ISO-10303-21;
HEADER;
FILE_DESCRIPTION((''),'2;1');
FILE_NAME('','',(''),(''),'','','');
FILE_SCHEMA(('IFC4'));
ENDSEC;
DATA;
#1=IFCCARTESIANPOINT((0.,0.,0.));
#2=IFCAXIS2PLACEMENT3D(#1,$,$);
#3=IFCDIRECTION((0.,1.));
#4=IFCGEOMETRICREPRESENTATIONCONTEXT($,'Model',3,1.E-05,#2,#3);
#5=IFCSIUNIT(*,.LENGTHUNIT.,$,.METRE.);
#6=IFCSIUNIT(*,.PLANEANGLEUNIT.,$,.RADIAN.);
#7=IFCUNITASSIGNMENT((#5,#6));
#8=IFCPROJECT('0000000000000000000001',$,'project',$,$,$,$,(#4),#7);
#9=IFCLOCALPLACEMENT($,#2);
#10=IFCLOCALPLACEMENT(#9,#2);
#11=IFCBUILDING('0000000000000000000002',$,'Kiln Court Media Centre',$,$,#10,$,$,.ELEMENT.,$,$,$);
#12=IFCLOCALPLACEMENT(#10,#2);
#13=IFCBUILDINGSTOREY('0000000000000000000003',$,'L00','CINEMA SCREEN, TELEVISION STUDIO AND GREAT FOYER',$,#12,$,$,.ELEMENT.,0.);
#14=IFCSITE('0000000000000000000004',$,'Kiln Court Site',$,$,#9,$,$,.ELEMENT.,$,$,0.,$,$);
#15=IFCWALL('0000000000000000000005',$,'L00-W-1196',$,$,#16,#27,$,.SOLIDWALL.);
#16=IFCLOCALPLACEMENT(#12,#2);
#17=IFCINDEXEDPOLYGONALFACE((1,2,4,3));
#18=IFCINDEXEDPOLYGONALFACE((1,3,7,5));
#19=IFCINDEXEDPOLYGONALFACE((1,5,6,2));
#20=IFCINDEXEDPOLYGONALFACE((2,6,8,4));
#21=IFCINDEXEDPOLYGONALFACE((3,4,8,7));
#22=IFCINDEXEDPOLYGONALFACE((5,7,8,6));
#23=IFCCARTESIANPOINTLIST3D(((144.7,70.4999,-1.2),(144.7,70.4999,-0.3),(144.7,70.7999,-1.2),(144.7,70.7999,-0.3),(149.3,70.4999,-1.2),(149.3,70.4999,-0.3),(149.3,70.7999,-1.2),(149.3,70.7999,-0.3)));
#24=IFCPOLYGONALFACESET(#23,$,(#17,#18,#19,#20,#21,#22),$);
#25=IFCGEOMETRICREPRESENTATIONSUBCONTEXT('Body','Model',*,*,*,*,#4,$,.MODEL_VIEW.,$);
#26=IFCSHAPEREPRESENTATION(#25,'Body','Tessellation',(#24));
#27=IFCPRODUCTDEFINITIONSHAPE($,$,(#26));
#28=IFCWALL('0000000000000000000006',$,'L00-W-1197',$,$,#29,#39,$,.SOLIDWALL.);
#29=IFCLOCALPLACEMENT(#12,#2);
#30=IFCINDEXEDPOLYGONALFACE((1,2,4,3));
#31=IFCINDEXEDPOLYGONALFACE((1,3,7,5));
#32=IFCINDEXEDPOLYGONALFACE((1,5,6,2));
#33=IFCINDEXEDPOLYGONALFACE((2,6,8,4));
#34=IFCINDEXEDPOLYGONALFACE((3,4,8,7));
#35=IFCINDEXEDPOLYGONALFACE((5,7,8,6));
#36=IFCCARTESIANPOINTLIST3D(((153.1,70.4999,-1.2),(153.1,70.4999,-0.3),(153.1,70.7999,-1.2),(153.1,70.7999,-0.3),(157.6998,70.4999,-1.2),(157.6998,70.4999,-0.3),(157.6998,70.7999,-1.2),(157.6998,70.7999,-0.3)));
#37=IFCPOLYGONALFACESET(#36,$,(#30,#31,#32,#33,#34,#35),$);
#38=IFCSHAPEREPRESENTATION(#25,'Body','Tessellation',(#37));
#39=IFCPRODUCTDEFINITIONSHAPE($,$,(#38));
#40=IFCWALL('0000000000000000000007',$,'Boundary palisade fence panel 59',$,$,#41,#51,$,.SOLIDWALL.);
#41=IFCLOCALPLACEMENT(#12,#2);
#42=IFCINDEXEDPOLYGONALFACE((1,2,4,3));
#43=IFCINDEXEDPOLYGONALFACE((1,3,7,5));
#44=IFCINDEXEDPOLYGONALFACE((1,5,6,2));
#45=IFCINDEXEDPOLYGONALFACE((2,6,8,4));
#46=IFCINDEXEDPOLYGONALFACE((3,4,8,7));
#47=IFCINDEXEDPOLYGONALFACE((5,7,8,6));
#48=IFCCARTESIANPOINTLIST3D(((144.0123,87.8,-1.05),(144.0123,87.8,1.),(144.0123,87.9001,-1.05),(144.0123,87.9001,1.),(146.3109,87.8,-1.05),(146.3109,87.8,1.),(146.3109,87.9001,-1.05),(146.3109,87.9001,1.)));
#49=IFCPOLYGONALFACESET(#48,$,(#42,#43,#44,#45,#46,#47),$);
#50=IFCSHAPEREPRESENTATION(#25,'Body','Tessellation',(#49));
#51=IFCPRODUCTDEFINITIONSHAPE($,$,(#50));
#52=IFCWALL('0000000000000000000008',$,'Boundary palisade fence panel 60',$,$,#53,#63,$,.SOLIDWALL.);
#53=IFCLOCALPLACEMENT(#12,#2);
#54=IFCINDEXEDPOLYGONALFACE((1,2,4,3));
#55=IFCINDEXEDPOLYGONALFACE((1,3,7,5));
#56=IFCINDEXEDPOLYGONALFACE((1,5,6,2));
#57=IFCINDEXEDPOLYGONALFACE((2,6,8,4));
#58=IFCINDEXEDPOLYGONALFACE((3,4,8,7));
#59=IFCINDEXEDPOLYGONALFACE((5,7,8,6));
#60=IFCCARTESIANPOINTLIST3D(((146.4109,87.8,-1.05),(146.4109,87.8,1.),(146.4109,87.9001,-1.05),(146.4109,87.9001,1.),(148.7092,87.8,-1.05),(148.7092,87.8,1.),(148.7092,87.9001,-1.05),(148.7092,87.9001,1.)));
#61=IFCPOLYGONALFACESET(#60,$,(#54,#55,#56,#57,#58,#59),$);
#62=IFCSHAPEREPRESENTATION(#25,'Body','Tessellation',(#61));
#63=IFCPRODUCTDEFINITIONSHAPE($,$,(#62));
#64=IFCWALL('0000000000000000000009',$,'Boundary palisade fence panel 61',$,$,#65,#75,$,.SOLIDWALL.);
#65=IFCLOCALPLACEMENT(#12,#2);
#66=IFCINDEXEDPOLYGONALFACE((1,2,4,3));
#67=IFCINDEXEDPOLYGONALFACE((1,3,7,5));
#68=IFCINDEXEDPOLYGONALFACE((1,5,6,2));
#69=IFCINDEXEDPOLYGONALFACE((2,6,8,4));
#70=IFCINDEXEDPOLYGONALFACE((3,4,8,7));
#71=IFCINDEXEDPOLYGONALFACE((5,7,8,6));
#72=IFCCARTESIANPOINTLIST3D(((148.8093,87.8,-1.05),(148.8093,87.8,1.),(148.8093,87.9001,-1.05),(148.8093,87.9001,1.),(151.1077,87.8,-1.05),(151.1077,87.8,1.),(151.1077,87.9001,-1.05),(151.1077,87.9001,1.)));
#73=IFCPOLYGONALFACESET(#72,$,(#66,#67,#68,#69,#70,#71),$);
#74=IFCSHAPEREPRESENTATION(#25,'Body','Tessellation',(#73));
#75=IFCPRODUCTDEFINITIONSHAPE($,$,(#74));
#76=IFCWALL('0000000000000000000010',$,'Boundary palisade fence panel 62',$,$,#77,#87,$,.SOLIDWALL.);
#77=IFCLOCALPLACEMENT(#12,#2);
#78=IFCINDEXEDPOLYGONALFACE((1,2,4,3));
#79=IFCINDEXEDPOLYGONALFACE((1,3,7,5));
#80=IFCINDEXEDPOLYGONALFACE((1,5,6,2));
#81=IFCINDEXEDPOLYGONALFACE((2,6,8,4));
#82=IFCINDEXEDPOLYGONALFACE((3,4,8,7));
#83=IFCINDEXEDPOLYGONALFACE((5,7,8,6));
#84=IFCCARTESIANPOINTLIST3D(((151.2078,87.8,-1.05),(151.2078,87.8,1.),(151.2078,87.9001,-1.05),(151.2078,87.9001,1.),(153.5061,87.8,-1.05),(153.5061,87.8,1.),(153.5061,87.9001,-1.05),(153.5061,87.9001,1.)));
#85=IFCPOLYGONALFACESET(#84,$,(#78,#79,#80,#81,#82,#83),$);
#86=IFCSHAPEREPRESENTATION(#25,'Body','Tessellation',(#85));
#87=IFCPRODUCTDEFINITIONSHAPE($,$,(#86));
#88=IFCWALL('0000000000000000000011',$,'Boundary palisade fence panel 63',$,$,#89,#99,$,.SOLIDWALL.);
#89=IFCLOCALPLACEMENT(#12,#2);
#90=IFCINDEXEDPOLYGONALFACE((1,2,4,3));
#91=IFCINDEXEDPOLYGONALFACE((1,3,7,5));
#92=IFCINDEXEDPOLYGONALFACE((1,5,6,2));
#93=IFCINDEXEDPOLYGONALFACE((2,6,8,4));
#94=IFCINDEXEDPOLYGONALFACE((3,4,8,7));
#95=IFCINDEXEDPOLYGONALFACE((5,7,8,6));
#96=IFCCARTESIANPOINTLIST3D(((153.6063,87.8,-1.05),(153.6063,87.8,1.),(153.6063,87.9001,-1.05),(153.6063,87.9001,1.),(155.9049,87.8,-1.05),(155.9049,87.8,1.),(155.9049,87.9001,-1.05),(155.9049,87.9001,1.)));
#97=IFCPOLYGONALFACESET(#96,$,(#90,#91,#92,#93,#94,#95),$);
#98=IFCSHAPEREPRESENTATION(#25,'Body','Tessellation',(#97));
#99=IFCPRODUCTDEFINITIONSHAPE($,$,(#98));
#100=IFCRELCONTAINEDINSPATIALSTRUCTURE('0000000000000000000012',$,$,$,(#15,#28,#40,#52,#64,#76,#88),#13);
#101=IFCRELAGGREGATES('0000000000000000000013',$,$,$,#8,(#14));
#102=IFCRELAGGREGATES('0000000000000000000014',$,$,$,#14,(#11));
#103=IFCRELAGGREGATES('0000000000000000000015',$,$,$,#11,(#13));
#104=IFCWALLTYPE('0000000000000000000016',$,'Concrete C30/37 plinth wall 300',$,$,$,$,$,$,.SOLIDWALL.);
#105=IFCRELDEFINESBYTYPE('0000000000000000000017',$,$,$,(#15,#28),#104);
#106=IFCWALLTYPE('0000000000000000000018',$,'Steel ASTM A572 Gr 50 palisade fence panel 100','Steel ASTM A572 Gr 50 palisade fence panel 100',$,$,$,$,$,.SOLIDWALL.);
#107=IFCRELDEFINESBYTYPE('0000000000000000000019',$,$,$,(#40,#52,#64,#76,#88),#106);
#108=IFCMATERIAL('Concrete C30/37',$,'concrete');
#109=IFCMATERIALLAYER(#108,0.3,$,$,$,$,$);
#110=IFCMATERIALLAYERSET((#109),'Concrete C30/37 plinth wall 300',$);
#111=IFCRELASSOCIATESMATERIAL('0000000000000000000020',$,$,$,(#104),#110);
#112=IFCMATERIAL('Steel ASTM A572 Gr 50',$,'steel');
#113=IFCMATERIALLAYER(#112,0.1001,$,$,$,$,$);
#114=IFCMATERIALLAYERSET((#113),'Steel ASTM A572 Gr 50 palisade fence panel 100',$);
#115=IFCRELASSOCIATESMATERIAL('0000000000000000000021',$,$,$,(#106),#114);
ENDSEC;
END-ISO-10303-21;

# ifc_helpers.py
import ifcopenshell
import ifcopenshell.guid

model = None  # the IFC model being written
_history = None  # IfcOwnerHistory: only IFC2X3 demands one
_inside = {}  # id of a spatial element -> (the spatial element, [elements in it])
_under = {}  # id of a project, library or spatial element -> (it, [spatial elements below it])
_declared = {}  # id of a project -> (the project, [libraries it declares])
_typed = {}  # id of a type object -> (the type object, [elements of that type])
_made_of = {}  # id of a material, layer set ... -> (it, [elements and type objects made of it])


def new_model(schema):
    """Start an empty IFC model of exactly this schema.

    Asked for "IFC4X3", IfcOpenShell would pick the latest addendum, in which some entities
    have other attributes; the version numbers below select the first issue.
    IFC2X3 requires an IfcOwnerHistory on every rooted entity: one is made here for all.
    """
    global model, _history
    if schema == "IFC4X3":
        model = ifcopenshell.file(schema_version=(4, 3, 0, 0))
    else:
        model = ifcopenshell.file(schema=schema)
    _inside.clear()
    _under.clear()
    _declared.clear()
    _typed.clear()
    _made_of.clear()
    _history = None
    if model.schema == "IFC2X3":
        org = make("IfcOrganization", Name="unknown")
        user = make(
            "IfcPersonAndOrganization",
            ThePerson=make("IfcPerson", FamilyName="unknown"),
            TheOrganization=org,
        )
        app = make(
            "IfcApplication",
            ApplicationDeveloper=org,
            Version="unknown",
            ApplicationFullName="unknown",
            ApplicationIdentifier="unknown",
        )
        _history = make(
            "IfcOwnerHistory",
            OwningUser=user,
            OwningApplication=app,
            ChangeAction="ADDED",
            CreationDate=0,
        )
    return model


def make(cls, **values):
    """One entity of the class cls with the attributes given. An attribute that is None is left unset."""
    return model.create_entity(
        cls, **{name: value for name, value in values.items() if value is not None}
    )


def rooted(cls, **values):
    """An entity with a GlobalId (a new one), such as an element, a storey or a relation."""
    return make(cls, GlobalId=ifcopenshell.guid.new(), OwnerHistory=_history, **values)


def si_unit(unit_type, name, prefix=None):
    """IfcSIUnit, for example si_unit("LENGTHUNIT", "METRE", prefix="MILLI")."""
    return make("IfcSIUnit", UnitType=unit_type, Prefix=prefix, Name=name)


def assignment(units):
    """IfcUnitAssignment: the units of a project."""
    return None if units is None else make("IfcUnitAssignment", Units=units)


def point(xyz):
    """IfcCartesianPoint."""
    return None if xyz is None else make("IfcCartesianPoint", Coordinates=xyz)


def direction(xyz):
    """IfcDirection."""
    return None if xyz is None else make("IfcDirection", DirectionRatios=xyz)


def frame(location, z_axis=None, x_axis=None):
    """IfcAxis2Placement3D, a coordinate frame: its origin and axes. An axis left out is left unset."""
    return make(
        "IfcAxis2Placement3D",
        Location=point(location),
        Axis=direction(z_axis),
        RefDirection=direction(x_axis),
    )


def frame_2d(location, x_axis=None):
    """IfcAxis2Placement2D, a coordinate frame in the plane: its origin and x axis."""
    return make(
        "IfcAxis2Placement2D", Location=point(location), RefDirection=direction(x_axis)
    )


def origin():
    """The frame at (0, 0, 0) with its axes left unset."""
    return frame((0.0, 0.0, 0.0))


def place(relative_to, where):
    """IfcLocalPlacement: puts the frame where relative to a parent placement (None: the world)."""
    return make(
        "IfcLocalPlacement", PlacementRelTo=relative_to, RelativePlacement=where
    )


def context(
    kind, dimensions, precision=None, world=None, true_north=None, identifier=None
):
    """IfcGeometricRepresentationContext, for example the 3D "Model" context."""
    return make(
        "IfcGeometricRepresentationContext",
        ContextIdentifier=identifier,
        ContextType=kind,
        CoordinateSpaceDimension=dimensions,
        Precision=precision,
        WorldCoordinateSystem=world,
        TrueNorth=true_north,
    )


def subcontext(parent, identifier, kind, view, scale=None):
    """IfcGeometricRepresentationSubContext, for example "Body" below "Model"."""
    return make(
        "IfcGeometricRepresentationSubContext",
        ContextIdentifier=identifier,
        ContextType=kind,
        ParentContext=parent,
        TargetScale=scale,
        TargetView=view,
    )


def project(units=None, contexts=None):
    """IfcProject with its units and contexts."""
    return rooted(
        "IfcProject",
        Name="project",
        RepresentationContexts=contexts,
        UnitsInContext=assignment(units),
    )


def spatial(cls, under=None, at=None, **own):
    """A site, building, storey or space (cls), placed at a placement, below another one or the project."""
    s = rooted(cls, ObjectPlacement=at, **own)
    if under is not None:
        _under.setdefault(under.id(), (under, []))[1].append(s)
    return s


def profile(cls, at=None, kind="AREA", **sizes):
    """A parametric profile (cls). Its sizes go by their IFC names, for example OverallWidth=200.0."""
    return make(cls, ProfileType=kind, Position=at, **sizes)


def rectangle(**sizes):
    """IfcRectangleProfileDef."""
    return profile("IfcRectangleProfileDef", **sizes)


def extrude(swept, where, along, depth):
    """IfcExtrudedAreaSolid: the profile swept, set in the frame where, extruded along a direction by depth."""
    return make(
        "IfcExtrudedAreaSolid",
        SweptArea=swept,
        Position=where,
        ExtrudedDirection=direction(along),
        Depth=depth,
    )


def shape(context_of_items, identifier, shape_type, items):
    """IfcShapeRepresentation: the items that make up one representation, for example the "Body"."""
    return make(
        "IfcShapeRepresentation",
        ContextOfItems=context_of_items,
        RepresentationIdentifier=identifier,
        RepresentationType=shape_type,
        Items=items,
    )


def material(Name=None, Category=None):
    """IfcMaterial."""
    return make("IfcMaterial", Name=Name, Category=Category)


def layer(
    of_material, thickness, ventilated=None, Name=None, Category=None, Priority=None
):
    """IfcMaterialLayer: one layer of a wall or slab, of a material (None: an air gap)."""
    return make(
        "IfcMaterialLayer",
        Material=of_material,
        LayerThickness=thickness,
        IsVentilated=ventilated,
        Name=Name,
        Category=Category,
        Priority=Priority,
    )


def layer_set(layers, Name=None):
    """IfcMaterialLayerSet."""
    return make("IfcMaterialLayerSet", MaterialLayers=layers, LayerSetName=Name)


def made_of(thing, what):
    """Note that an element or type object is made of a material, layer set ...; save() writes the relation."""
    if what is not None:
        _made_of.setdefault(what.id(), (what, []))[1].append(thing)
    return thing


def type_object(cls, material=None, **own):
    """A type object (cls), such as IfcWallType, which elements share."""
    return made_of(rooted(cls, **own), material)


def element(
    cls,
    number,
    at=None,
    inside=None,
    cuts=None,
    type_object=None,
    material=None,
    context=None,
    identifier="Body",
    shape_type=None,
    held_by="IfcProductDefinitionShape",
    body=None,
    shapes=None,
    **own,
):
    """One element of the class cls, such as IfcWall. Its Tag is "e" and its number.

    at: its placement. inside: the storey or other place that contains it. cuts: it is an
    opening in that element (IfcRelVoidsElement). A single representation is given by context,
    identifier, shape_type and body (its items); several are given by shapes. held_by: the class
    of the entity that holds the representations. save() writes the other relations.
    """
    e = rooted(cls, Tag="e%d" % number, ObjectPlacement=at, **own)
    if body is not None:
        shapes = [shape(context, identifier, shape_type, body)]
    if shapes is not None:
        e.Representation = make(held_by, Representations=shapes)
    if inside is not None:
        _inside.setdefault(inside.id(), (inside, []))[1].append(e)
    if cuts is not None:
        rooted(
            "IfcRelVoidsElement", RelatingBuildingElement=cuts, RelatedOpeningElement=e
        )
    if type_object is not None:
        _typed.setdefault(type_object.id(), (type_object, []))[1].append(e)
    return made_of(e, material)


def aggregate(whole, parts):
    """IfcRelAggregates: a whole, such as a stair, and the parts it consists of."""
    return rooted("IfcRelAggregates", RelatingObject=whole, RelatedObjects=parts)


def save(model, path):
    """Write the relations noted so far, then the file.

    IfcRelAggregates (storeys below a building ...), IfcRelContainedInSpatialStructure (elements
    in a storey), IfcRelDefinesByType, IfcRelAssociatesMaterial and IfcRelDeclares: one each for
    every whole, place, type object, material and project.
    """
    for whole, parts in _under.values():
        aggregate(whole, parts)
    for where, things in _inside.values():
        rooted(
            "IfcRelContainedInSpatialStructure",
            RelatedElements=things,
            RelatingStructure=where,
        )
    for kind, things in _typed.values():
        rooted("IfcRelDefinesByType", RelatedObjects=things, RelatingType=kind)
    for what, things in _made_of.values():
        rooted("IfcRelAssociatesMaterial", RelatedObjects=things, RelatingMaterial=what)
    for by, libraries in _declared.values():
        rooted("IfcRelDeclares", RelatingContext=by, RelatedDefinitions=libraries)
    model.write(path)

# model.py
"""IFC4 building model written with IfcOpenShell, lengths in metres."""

from ifc_helpers import new_model, si_unit, direction, frame, frame_2d, origin, place, context, subcontext, project, spatial, rectangle, extrude, material, layer, layer_set, type_object, element, save


model = new_model("IFC4")

# Units and contexts
model_context = context("Model", 3, precision=1e-05, world=origin(), true_north=direction((0.0, 1.0)))
body_context = subcontext(model_context, "Body", "Model", "MODEL_VIEW")
ifc_project = project(units=[si_unit("LENGTHUNIT", "METRE"), si_unit("PLANEANGLEUNIT", "RADIAN")], contexts=[model_context])

# Site, building, storey
site_placement = place(None, origin())
site = spatial("IfcSite", under=ifc_project, at=site_placement, Name="Kiln Court Site", CompositionType="ELEMENT", RefElevation=0.0)
building_placement = place(site_placement, origin())
building = spatial("IfcBuilding", under=site, at=building_placement, Name="Kiln Court Media Centre", CompositionType="ELEMENT")
storey_placement = place(building_placement, origin())
storey = spatial("IfcBuildingStorey", under=building, at=storey_placement, Name="L00", Description="CINEMA SCREEN, TELEVISION STUDIO AND GREAT FOYER", CompositionType="ELEMENT", Elevation=0.0)

# Walls
ifc_material_1 = material(Name="Concrete C30/37", Category="concrete")
ifc_layer_1 = layer(ifc_material_1, 0.3)
ifc_layer_set_1 = layer_set([ifc_layer_1], Name="Concrete C30/37 plinth wall 300")
wall_type_1 = type_object("IfcWallType", Name="Concrete C30/37 plinth wall 300", PredefinedType="SOLIDWALL", material=ifc_layer_set_1)
wall_1_placement = place(storey_placement, frame((144.7, 70.6499, -1.2), z_axis=(0.0, 0.0, 1.0), x_axis=(1.0, 0.0, 0.0)))
element("IfcWall", 1, at=wall_1_placement, inside=storey, type_object=wall_type_1, Name="L00-W-1196", PredefinedType="SOLIDWALL", context=body_context, shape_type="SweptSolid", body=[
    extrude(rectangle(XDim=4.6001, YDim=0.3, at=frame_2d((2.3, 0.0))), origin(), (0.0, 0.0, 1.0), 0.8999),
])
wall_2_placement = place(storey_placement, frame((153.1001, 70.6499, -1.2), z_axis=(0.0, 0.0, 1.0), x_axis=(1.0, 0.0, 0.0)))
element("IfcWall", 2, at=wall_2_placement, inside=storey, type_object=wall_type_1, Name="L00-W-1197", PredefinedType="SOLIDWALL", context=body_context, shape_type="SweptSolid", body=[
    extrude(rectangle(XDim=4.5999, YDim=0.3, at=frame_2d((2.2998, 0.0))), origin(), (0.0, 0.0, 1.0), 0.8999),
])
ifc_material_2 = material(Name="Steel ASTM A572 Gr 50", Category="steel")
ifc_layer_2 = layer(ifc_material_2, 0.1001)
ifc_layer_set_2 = layer_set([ifc_layer_2], Name="Steel ASTM A572 Gr 50 palisade fence panel 100")
wall_type_2 = type_object("IfcWallType", Name="Steel ASTM A572 Gr 50 palisade fence panel 100", Description="Steel ASTM A572 Gr 50 palisade fence panel 100", PredefinedType="SOLIDWALL", material=ifc_layer_set_2)
wall_3_placement = place(storey_placement, frame((144.0122, 87.8501, -1.05), z_axis=(0.0, 0.0, 1.0), x_axis=(1.0, 0.0, 0.0)))
element("IfcWall", 3, at=wall_3_placement, inside=storey, type_object=wall_type_2, Name="Boundary palisade fence panel 59", PredefinedType="SOLIDWALL", context=body_context, shape_type="SweptSolid", body=[
    extrude(rectangle(XDim=2.2986, YDim=0.1001, at=frame_2d((1.1494, 0.0))), origin(), (0.0, 0.0, 1.0), 2.05),
])
for number, where, z_axis, x_axis, name in (
    (4, (146.4109, 87.8501, -1.05), (0.0, 0.0, 1.0), (1.0, 0.0, 0.0), "Boundary palisade fence panel 60"),
    (5, (148.8093, 87.8501, -1.05), (0.0, 0.0, 1.0), (1.0, 0.0, 0.0), "Boundary palisade fence panel 61"),
    (6, (151.2078, 87.8501, -1.05), (0.0, 0.0, 1.0), (1.0, 0.0, 0.0), "Boundary palisade fence panel 62"),
):
    element("IfcWall", number, at=place(storey_placement, frame(where, z_axis=z_axis, x_axis=x_axis)), inside=storey, type_object=wall_type_2, Name=name, PredefinedType="SOLIDWALL", context=body_context, shape_type="SweptSolid", body=[
        extrude(rectangle(XDim=2.2983, YDim=0.1001, at=frame_2d((1.1492, 0.0))), origin(), (0.0, 0.0, 1.0), 2.05),
    ])
wall_4_placement = place(storey_placement, frame((153.6062, 87.8501, -1.05), z_axis=(0.0, 0.0, 1.0), x_axis=(1.0, 0.0, 0.0)))
element("IfcWall", 7, at=wall_4_placement, inside=storey, type_object=wall_type_2, Name="Boundary palisade fence panel 63", PredefinedType="SOLIDWALL", context=body_context, shape_type="SweptSolid", body=[
    extrude(rectangle(XDim=2.2986, YDim=0.1001, at=frame_2d((1.1494, 0.0))), origin(), (0.0, 0.0, 1.0), 2.05),
])

save(model, "model.ifc")
